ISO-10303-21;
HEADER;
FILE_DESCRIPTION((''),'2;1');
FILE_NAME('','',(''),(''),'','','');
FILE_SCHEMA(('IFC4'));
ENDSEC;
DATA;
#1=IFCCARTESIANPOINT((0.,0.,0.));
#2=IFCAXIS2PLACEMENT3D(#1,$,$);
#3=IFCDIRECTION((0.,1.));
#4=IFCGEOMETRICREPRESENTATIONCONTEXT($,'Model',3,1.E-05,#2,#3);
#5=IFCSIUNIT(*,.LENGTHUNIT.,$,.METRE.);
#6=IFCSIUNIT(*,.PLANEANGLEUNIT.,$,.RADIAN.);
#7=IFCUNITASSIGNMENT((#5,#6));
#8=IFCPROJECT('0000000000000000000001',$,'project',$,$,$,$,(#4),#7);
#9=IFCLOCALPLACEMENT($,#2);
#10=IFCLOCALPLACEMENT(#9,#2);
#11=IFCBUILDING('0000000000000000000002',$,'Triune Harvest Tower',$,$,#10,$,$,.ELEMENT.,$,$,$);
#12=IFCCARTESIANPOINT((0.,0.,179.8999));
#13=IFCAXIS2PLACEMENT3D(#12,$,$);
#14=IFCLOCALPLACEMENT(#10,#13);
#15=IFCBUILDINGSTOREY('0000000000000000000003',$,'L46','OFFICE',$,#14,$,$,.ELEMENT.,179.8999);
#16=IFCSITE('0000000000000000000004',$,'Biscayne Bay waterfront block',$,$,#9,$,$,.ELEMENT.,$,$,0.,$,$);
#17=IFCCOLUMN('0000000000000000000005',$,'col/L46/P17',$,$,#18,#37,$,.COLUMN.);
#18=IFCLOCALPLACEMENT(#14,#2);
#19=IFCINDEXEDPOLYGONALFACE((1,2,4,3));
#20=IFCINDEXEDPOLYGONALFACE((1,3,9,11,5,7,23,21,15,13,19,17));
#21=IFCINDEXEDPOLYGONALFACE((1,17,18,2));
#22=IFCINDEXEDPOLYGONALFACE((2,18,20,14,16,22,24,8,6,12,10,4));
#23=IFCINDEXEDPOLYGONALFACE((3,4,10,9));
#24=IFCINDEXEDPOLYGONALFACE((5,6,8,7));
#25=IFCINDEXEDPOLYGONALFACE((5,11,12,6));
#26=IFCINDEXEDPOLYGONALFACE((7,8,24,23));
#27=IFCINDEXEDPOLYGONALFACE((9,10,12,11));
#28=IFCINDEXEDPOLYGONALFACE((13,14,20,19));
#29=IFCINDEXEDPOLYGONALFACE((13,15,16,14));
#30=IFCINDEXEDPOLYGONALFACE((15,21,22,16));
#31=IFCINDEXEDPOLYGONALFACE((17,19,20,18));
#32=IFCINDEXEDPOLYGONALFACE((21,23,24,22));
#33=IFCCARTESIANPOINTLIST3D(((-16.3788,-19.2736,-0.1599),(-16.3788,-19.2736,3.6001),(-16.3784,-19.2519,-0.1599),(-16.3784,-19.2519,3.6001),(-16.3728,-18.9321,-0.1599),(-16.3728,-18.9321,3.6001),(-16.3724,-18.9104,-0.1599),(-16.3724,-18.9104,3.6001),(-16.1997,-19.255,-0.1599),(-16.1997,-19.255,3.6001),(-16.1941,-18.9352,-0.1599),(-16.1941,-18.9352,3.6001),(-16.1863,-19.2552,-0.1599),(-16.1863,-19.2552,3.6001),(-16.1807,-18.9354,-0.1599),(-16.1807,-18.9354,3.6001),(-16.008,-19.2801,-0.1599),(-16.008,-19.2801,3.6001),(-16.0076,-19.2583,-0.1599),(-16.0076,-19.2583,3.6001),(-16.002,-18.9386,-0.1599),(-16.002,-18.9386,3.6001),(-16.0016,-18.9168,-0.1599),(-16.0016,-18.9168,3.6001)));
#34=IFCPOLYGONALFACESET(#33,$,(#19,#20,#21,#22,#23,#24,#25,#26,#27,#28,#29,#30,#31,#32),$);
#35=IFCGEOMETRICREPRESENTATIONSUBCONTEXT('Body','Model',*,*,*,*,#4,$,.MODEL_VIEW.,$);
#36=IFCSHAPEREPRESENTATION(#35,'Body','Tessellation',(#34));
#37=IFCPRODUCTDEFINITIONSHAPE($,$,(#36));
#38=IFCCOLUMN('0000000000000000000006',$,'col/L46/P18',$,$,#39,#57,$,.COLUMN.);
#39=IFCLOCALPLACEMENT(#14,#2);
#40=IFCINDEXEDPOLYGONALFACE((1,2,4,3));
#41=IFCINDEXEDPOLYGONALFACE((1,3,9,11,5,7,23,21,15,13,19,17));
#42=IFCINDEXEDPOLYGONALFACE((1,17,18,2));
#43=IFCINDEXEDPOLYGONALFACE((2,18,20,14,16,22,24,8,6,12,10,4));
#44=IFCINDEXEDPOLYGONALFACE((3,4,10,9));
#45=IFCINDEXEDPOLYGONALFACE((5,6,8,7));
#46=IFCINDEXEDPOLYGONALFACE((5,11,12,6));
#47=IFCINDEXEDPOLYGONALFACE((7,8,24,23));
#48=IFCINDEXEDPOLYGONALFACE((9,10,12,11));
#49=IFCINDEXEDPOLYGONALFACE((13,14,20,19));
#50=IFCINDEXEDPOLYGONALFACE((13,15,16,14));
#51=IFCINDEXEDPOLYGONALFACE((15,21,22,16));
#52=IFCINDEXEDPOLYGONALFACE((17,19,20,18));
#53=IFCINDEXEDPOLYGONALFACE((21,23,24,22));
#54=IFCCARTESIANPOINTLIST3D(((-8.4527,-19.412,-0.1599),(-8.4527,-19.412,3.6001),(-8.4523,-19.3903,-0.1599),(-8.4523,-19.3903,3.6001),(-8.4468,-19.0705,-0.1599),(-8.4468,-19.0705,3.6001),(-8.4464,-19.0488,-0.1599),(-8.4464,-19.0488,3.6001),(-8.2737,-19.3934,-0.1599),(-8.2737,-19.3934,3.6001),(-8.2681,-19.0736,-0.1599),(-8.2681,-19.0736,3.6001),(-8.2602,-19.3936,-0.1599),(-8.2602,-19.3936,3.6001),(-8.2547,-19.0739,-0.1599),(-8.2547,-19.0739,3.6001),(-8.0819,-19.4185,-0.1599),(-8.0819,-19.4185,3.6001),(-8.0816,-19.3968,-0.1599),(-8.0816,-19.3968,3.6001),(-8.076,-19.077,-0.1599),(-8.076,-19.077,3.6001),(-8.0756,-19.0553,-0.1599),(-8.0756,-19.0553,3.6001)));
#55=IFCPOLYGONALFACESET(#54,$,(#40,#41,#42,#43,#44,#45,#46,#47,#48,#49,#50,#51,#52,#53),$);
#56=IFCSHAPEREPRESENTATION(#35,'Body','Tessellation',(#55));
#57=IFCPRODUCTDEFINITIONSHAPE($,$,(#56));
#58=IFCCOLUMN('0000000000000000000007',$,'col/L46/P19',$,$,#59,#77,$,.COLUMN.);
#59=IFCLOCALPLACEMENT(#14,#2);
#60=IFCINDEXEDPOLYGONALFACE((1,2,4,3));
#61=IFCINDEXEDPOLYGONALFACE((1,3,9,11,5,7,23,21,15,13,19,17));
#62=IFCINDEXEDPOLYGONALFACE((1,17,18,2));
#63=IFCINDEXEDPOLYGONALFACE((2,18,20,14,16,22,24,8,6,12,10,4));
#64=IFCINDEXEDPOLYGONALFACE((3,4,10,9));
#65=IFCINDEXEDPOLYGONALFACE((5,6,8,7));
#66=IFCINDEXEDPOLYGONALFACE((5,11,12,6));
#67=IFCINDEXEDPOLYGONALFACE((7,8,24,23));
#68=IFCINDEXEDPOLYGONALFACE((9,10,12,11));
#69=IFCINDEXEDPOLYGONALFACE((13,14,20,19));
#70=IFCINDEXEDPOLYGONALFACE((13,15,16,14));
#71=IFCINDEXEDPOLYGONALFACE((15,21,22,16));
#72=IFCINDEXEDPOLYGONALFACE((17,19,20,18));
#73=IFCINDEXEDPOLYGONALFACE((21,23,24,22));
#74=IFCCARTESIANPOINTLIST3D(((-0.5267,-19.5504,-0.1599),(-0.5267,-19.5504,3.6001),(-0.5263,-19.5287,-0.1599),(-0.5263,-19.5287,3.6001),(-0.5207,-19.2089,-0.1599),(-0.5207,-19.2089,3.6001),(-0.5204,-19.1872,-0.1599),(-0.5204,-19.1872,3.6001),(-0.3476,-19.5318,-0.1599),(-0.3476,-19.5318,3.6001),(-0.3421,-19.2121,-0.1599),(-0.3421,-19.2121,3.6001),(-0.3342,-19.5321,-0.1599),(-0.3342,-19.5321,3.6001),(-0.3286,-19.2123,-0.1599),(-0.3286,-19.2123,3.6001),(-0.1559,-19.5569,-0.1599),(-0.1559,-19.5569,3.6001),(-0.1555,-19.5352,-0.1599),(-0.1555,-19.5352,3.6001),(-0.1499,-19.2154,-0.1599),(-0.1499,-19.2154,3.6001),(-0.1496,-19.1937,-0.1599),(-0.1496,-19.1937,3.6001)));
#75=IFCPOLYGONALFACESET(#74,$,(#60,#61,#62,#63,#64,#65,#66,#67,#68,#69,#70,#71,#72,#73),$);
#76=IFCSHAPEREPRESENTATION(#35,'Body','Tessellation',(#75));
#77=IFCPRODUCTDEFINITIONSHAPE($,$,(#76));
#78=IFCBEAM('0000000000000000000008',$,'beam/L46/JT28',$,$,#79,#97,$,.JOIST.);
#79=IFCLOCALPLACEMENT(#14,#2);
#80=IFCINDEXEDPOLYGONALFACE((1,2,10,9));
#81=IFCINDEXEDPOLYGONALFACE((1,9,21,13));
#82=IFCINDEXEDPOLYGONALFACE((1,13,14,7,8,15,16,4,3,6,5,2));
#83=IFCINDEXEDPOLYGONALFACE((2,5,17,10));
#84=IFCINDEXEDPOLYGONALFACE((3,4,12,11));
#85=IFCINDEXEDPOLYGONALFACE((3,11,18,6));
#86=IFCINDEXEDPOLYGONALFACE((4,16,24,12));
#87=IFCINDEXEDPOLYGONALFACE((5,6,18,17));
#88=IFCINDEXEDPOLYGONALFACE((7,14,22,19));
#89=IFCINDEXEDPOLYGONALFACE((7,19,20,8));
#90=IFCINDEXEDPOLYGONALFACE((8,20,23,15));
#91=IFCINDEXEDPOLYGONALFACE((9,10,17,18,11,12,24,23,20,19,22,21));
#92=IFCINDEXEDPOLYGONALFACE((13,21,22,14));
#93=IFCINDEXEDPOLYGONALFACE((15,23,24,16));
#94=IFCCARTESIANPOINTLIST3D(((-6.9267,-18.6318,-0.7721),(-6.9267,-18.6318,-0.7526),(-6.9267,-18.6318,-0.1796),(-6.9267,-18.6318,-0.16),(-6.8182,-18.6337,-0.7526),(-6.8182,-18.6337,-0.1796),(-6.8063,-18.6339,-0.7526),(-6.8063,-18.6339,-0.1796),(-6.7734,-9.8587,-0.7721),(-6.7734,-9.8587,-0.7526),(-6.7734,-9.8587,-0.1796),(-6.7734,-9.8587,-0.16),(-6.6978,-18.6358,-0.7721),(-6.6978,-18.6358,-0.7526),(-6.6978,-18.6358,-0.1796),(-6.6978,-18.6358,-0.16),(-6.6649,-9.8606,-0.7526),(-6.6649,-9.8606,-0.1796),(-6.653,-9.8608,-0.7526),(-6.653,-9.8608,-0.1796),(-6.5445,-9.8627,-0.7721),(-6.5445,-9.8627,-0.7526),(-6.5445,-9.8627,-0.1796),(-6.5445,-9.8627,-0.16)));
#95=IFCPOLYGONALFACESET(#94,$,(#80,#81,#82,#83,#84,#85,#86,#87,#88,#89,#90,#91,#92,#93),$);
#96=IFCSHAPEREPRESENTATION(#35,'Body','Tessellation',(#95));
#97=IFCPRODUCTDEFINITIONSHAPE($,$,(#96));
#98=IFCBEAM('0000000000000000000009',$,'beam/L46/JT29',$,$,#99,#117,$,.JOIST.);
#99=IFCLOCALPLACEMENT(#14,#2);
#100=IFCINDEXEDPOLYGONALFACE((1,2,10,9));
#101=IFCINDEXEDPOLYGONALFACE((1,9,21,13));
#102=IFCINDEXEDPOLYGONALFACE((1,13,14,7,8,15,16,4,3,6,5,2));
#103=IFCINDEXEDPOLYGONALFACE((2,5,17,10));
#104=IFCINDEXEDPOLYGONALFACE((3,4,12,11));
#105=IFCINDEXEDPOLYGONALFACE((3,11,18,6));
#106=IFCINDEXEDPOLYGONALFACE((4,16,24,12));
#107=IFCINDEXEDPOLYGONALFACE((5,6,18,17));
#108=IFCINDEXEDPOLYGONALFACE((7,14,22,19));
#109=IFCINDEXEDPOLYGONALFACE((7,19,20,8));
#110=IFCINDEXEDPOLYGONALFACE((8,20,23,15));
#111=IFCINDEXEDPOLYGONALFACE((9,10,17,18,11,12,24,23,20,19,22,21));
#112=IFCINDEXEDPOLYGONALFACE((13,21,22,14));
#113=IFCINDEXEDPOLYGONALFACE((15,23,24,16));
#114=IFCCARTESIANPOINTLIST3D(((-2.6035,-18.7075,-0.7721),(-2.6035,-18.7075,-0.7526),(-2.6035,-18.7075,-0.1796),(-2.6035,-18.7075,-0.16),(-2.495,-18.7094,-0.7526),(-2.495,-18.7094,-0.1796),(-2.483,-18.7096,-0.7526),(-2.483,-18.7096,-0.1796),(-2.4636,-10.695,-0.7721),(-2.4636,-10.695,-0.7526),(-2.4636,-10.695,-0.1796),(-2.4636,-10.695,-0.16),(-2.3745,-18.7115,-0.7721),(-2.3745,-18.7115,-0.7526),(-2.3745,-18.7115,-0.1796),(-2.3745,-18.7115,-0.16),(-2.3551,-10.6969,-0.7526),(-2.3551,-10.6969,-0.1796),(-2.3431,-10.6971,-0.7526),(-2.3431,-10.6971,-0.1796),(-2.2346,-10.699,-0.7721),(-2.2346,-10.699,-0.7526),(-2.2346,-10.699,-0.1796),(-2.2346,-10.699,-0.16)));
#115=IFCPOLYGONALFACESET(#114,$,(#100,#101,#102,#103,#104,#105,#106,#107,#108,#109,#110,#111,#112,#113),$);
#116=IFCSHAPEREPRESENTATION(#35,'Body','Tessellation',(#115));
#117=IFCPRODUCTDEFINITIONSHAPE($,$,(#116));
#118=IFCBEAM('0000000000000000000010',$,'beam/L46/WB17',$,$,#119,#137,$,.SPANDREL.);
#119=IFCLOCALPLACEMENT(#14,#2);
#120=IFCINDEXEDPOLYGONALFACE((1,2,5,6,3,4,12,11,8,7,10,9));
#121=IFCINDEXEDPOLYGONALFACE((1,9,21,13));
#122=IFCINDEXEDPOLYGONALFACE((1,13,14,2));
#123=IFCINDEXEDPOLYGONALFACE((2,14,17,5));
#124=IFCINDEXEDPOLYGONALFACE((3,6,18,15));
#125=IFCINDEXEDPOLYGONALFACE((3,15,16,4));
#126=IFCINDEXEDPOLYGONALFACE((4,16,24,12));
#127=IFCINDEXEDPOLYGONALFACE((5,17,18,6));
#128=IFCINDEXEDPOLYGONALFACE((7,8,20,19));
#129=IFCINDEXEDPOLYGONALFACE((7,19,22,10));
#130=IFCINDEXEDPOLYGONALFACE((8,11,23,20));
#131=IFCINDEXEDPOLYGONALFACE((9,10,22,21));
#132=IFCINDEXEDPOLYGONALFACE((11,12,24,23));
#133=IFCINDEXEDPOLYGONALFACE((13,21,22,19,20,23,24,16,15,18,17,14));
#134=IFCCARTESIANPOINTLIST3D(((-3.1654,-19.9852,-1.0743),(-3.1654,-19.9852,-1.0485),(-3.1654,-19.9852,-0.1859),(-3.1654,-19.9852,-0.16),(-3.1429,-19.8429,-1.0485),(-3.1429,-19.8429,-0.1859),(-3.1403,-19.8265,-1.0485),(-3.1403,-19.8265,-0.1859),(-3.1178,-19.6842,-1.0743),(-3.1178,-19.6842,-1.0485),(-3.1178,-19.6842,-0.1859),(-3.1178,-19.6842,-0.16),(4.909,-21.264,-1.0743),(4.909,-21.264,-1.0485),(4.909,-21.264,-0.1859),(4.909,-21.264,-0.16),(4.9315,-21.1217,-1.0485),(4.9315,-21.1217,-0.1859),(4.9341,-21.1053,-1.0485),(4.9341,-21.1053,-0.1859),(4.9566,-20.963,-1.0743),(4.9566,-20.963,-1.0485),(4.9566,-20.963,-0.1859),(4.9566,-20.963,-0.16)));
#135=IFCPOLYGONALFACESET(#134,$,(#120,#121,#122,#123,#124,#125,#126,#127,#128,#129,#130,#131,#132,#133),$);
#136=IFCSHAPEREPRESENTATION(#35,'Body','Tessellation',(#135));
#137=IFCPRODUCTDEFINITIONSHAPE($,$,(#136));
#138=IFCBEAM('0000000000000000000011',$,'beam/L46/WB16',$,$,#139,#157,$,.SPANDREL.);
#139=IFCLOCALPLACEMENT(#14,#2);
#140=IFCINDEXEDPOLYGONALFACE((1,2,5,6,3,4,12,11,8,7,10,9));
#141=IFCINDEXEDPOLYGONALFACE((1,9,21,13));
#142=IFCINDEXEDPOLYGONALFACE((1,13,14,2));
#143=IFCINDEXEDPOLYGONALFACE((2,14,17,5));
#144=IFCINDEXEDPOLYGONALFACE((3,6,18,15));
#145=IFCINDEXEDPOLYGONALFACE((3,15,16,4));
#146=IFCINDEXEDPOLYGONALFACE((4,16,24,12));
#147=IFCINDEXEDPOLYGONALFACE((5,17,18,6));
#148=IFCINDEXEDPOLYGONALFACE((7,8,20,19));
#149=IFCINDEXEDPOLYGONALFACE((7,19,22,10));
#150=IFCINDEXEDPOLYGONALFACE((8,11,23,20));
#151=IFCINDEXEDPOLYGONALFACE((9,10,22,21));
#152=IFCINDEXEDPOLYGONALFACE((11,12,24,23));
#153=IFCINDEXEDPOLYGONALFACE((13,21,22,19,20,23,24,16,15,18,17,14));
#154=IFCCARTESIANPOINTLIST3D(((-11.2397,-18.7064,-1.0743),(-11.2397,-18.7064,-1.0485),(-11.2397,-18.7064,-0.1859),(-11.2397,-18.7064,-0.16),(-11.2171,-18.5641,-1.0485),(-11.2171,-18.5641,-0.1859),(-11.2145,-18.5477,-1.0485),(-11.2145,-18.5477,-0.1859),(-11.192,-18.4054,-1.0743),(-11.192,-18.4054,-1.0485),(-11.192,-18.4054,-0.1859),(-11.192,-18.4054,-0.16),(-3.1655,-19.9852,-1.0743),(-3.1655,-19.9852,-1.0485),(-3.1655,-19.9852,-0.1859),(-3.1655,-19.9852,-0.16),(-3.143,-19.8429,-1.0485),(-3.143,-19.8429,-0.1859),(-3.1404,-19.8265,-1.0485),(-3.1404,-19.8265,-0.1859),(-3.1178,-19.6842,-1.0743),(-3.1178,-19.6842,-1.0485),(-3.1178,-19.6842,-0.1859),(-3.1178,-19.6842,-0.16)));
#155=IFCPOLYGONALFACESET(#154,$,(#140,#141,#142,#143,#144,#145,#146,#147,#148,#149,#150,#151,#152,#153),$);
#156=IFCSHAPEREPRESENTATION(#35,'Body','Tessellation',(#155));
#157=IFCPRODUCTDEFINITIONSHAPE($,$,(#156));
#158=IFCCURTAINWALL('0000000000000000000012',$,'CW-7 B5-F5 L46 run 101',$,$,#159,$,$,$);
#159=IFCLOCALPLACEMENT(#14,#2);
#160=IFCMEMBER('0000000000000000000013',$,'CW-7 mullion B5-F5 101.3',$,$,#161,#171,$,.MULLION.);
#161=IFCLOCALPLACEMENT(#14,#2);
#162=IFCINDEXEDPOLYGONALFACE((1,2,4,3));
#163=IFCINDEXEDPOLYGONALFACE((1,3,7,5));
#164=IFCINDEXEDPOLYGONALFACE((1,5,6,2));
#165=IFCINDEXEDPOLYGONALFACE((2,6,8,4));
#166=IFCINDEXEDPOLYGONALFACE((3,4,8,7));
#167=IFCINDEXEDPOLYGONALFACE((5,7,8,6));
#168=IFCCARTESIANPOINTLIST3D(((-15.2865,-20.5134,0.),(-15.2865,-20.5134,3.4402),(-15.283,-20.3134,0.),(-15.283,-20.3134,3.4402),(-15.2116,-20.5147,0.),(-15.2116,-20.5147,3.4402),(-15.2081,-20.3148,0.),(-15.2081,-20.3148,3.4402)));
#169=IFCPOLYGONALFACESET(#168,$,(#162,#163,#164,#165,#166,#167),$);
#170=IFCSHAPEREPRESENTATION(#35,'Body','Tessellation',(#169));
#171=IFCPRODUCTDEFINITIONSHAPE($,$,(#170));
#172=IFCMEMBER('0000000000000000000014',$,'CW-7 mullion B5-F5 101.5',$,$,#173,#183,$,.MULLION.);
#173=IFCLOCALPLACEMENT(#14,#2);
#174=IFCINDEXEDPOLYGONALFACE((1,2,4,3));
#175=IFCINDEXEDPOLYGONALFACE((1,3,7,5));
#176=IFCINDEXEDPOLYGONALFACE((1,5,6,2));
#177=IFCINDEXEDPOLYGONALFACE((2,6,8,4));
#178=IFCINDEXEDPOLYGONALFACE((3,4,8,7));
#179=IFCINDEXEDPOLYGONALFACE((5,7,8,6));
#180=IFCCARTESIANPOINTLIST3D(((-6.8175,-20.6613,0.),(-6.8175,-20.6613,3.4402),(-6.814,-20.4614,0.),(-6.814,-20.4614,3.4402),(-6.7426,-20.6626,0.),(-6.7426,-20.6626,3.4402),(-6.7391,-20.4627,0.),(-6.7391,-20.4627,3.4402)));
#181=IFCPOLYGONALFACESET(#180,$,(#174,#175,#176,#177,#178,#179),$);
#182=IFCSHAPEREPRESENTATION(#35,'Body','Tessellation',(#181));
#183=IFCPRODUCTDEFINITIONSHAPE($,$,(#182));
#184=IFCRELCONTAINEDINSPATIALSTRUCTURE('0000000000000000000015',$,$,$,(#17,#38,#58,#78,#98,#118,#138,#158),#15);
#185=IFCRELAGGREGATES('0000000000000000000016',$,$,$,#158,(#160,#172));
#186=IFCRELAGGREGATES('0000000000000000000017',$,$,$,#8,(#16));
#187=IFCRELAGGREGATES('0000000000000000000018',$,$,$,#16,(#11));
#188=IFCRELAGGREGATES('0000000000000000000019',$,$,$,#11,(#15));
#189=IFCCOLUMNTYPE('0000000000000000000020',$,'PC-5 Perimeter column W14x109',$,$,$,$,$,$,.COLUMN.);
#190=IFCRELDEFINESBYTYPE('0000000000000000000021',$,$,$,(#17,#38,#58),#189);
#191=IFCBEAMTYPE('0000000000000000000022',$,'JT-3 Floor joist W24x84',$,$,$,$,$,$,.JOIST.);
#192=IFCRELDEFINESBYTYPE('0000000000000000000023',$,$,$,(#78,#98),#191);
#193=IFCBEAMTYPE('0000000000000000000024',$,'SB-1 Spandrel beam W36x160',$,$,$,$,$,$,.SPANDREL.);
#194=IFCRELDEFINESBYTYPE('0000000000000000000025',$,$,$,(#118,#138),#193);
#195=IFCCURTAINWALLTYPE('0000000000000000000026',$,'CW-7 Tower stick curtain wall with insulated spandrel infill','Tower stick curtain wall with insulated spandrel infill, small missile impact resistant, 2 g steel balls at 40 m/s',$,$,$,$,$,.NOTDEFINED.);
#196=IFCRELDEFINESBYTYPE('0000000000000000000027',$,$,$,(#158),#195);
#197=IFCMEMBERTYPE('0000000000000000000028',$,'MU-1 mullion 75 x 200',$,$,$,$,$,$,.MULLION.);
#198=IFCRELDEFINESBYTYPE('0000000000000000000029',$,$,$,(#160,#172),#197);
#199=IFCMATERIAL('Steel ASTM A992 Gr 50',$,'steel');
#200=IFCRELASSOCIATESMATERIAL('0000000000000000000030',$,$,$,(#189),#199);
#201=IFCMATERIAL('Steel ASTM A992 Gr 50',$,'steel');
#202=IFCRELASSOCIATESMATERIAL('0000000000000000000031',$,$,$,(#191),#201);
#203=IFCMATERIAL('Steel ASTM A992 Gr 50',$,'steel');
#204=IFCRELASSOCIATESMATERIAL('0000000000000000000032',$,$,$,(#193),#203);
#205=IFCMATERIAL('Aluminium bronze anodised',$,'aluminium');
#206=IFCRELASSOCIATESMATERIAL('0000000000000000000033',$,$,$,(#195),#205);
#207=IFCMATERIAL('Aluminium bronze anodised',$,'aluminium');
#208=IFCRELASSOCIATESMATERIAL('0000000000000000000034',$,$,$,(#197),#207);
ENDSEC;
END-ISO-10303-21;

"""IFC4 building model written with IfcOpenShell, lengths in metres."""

from ifc_helpers import new_model, si_unit, direction, frame, origin, origin_2d, place, context, subcontext, project, spatial, rectangle, i_section, extrude, source, transform, mapped, material, material_profile, profile_set, type_object, element, aggregate, save


model = new_model("IFC4")

# Units and contexts
model_context = context("Model", 3, precision=1e-05, world=origin(), true_north=direction((0.0, 1.0)))
body_context = subcontext(model_context, "Body", "Model", "MODEL_VIEW")
ifc_project = project(units=[si_unit("LENGTHUNIT", "METRE"), si_unit("PLANEANGLEUNIT", "RADIAN")], contexts=[model_context])

# Site, building, storey
site_placement = place(None, origin())
site = spatial("IfcSite", under=ifc_project, at=site_placement, Name="Biscayne Bay waterfront block", CompositionType="ELEMENT", RefElevation=0.0)
building_placement = place(site_placement, origin())
building = spatial("IfcBuilding", under=site, at=building_placement, Name="Triune Harvest Tower", CompositionType="ELEMENT")
storey_placement = place(building_placement, frame((0.0, 0.0, 179.8999)))
storey = spatial("IfcBuildingStorey", under=building, at=storey_placement, Name="L46", Description="OFFICE", CompositionType="ELEMENT", Elevation=179.8999)

# Columns
ifc_material_1 = material(Name="Steel ASTM A992 Gr 50", Category="steel")
ifc_material_profile_1 = material_profile(ifc_material_1, i_section(OverallWidth=0.3708, OverallDepth=0.3633, WebThickness=0.0134, FlangeThickness=0.0217, at=origin_2d()), Name="W14x109")
ifc_profile_set_1 = profile_set([ifc_material_profile_1], Name="Steel ASTM A992 Gr 50")
column_type = type_object("IfcColumnType", Name="PC-5 Perimeter column W14x109", PredefinedType="COLUMN", material=ifc_profile_set_1)
shared_shape_1 = source(origin(), body_context, "Body", "SweptSolid", [
    extrude(i_section(OverallWidth=0.3708, OverallDepth=0.3633, WebThickness=0.0134, FlangeThickness=0.0217, at=origin_2d()), origin(), (0.0, 0.0, 1.0), 3.76),
])
for number, where, z_axis, x_axis, name in (
    (1, (-16.1902, -19.0952, -0.1599), (0.0, 0.0, 1.0), (0.999848, -0.017452, 0.0), "col/L46/P17"),
    (2, (-8.2642, -19.2336, -0.1599), (0.0, 0.0, 1.0), (0.999848, -0.017452, 0.0), "col/L46/P18"),
    (3, (-0.3381, -19.3721, -0.1599), (0.0, 0.0, 1.0), (0.999848, -0.017452, 0.0), "col/L46/P19"),
):
    element("IfcColumn", number, at=place(storey_placement, frame(where, z_axis=z_axis, x_axis=x_axis)), inside=storey, type_object=column_type, Name=name, PredefinedType="COLUMN", context=body_context, shape_type="MappedRepresentation", body=[
        mapped(shared_shape_1, transform((0.0, 0.0, 0.0), scale=1.0)),
    ])

# Beams
ifc_material_2 = material(Name="Steel ASTM A992 Gr 50", Category="steel")
ifc_material_profile_2 = material_profile(ifc_material_2, i_section(OverallWidth=0.229, OverallDepth=0.6121, WebThickness=0.012, FlangeThickness=0.0195, at=origin_2d()), Name="W24x84")
ifc_profile_set_2 = profile_set([ifc_material_profile_2], Name="Steel ASTM A992 Gr 50")
beam_type_1 = type_object("IfcBeamType", Name="JT-3 Floor joist W24x84", PredefinedType="JOIST", material=ifc_profile_set_2)
beam_1_placement = place(storey_placement, frame((-6.8123, -18.6338, -0.4661), z_axis=(0.017473, 0.999847, 0.0), x_axis=(-0.999847, 0.017473, 0.0)))
element("IfcBeam", 4, at=beam_1_placement, inside=storey, type_object=beam_type_1, Name="beam/L46/JT28", PredefinedType="JOIST", context=body_context, shape_type="SweptSolid", body=[
    extrude(i_section(OverallWidth=0.229, OverallDepth=0.6121, WebThickness=0.012, FlangeThickness=0.0195, at=origin_2d()), origin(), (0.0, 0.0, 1.0), 8.7744),
])
beam_2_placement = place(storey_placement, frame((-2.489, -18.7095, -0.4661), z_axis=(0.017457, 0.999848, 0.0), x_axis=(-0.999848, 0.017457, 0.0)))
element("IfcBeam", 5, at=beam_2_placement, inside=storey, type_object=beam_type_1, Name="beam/L46/JT29", PredefinedType="JOIST", context=body_context, shape_type="SweptSolid", body=[
    extrude(i_section(OverallWidth=0.229, OverallDepth=0.6121, WebThickness=0.012, FlangeThickness=0.0195, at=origin_2d()), origin(), (0.0, 0.0, 1.0), 8.0137),
])
ifc_material_3 = material(Name="Steel ASTM A992 Gr 50", Category="steel")
ifc_material_profile_3 = material_profile(ifc_material_3, i_section(OverallWidth=0.3047, OverallDepth=0.9143, WebThickness=0.0166, FlangeThickness=0.0259, at=origin_2d()), Name="W36x160")
ifc_profile_set_3 = profile_set([ifc_material_profile_3], Name="Steel ASTM A992 Gr 50")
beam_type_2 = type_object("IfcBeamType", Name="SB-1 Spandrel beam W36x160", PredefinedType="SPANDREL", material=ifc_profile_set_3)
shared_shape_2 = source(origin(), body_context, "Body", "SweptSolid", [
    extrude(i_section(OverallWidth=0.3047, OverallDepth=0.9143, WebThickness=0.0166, FlangeThickness=0.0259, at=origin_2d()), origin(), (0.0, 0.0, 1.0), 8.175),
])
beam_3_placement = place(storey_placement, frame((-3.1416, -19.8347, -0.6172), z_axis=(0.987689, -0.156427, 0.0), x_axis=(0.156427, 0.987689, 0.0)))
element("IfcBeam", 6, at=beam_3_placement, inside=storey, type_object=beam_type_2, Name="beam/L46/WB17", PredefinedType="SPANDREL", context=body_context, shape_type="MappedRepresentation", body=[
    mapped(shared_shape_2, transform((0.0, 0.0, 0.0), scale=1.0)),
])
shared_shape_3 = source(origin(), body_context, "Body", "SweptSolid", [
    extrude(i_section(OverallWidth=0.3047, OverallDepth=0.9143, WebThickness=0.0166, FlangeThickness=0.0259, at=origin_2d()), origin(), (0.0, 0.0, 1.0), 8.1748),
])
beam_4_placement = place(storey_placement, frame((-11.2158, -18.5559, -0.6172), z_axis=(0.987689, -0.156432, 0.0), x_axis=(0.156432, 0.987689, 0.0)))
element("IfcBeam", 7, at=beam_4_placement, inside=storey, type_object=beam_type_2, Name="beam/L46/WB16", PredefinedType="SPANDREL", context=body_context, shape_type="MappedRepresentation", body=[
    mapped(shared_shape_3, transform((0.0, 0.0, 0.0), scale=1.0)),
])

# Curtain wall, members
ifc_material_4 = material(Name="Aluminium bronze anodised", Category="aluminium")
curtain_wall_type_1 = type_object("IfcCurtainWallType", Name="CW-7 Tower stick curtain wall with insulated spandrel infill", Description="Tower stick curtain wall with insulated spandrel infill, small missile impact resistant, 2 g steel balls at 40 m/s", PredefinedType="NOTDEFINED", material=ifc_material_4)
curtain_wall_1_placement = place(storey_placement, origin())
curtain_wall_1 = element("IfcCurtainWall", 8, at=curtain_wall_1_placement, inside=storey, type_object=curtain_wall_type_1, Name="CW-7 B5-F5 L46 run 101")
ifc_material_5 = material(Name="Aluminium bronze anodised", Category="aluminium")
ifc_material_profile_4 = material_profile(ifc_material_5, rectangle(XDim=0.2, YDim=0.075, at=origin_2d()), Name="MU-1 mullion 75 x 200")
ifc_profile_set_4 = profile_set([ifc_material_profile_4], Name="Aluminium bronze anodised")
member_type_1 = type_object("IfcMemberType", Name="MU-1 mullion 75 x 200", PredefinedType="MULLION", material=ifc_profile_set_4)
shared_shape_4 = source(origin(), body_context, "Body", "SweptSolid", [
    extrude(rectangle(XDim=0.2, YDim=0.075, at=origin_2d()), origin(), (0.0, 0.0, 1.0), 3.4402),
])
member_1_placement = place(storey_placement, frame((-15.2473, -20.4141, 0.0), z_axis=(0.0, 0.0, 1.0), x_axis=(0.017454, 0.999848, 0.0)))
member_1 = element("IfcMember", 9, at=member_1_placement, type_object=member_type_1, Name="CW-7 mullion B5-F5 101.3", PredefinedType="MULLION", context=body_context, shape_type="MappedRepresentation", body=[
    mapped(shared_shape_4, transform((0.0, 0.0, 0.0), scale=1.0)),
])
member_2_placement = place(storey_placement, frame((-6.7783, -20.562, 0.0), z_axis=(0.0, 0.0, 1.0), x_axis=(0.017454, 0.999848, 0.0)))
member_2 = element("IfcMember", 10, at=member_2_placement, type_object=member_type_1, Name="CW-7 mullion B5-F5 101.5", PredefinedType="MULLION", context=body_context, shape_type="MappedRepresentation", body=[
    mapped(shared_shape_4, transform((0.0, 0.0, 0.0), scale=1.0)),
])

aggregate(curtain_wall_1, [member_1, member_2])

save(model, "model.ifc")
